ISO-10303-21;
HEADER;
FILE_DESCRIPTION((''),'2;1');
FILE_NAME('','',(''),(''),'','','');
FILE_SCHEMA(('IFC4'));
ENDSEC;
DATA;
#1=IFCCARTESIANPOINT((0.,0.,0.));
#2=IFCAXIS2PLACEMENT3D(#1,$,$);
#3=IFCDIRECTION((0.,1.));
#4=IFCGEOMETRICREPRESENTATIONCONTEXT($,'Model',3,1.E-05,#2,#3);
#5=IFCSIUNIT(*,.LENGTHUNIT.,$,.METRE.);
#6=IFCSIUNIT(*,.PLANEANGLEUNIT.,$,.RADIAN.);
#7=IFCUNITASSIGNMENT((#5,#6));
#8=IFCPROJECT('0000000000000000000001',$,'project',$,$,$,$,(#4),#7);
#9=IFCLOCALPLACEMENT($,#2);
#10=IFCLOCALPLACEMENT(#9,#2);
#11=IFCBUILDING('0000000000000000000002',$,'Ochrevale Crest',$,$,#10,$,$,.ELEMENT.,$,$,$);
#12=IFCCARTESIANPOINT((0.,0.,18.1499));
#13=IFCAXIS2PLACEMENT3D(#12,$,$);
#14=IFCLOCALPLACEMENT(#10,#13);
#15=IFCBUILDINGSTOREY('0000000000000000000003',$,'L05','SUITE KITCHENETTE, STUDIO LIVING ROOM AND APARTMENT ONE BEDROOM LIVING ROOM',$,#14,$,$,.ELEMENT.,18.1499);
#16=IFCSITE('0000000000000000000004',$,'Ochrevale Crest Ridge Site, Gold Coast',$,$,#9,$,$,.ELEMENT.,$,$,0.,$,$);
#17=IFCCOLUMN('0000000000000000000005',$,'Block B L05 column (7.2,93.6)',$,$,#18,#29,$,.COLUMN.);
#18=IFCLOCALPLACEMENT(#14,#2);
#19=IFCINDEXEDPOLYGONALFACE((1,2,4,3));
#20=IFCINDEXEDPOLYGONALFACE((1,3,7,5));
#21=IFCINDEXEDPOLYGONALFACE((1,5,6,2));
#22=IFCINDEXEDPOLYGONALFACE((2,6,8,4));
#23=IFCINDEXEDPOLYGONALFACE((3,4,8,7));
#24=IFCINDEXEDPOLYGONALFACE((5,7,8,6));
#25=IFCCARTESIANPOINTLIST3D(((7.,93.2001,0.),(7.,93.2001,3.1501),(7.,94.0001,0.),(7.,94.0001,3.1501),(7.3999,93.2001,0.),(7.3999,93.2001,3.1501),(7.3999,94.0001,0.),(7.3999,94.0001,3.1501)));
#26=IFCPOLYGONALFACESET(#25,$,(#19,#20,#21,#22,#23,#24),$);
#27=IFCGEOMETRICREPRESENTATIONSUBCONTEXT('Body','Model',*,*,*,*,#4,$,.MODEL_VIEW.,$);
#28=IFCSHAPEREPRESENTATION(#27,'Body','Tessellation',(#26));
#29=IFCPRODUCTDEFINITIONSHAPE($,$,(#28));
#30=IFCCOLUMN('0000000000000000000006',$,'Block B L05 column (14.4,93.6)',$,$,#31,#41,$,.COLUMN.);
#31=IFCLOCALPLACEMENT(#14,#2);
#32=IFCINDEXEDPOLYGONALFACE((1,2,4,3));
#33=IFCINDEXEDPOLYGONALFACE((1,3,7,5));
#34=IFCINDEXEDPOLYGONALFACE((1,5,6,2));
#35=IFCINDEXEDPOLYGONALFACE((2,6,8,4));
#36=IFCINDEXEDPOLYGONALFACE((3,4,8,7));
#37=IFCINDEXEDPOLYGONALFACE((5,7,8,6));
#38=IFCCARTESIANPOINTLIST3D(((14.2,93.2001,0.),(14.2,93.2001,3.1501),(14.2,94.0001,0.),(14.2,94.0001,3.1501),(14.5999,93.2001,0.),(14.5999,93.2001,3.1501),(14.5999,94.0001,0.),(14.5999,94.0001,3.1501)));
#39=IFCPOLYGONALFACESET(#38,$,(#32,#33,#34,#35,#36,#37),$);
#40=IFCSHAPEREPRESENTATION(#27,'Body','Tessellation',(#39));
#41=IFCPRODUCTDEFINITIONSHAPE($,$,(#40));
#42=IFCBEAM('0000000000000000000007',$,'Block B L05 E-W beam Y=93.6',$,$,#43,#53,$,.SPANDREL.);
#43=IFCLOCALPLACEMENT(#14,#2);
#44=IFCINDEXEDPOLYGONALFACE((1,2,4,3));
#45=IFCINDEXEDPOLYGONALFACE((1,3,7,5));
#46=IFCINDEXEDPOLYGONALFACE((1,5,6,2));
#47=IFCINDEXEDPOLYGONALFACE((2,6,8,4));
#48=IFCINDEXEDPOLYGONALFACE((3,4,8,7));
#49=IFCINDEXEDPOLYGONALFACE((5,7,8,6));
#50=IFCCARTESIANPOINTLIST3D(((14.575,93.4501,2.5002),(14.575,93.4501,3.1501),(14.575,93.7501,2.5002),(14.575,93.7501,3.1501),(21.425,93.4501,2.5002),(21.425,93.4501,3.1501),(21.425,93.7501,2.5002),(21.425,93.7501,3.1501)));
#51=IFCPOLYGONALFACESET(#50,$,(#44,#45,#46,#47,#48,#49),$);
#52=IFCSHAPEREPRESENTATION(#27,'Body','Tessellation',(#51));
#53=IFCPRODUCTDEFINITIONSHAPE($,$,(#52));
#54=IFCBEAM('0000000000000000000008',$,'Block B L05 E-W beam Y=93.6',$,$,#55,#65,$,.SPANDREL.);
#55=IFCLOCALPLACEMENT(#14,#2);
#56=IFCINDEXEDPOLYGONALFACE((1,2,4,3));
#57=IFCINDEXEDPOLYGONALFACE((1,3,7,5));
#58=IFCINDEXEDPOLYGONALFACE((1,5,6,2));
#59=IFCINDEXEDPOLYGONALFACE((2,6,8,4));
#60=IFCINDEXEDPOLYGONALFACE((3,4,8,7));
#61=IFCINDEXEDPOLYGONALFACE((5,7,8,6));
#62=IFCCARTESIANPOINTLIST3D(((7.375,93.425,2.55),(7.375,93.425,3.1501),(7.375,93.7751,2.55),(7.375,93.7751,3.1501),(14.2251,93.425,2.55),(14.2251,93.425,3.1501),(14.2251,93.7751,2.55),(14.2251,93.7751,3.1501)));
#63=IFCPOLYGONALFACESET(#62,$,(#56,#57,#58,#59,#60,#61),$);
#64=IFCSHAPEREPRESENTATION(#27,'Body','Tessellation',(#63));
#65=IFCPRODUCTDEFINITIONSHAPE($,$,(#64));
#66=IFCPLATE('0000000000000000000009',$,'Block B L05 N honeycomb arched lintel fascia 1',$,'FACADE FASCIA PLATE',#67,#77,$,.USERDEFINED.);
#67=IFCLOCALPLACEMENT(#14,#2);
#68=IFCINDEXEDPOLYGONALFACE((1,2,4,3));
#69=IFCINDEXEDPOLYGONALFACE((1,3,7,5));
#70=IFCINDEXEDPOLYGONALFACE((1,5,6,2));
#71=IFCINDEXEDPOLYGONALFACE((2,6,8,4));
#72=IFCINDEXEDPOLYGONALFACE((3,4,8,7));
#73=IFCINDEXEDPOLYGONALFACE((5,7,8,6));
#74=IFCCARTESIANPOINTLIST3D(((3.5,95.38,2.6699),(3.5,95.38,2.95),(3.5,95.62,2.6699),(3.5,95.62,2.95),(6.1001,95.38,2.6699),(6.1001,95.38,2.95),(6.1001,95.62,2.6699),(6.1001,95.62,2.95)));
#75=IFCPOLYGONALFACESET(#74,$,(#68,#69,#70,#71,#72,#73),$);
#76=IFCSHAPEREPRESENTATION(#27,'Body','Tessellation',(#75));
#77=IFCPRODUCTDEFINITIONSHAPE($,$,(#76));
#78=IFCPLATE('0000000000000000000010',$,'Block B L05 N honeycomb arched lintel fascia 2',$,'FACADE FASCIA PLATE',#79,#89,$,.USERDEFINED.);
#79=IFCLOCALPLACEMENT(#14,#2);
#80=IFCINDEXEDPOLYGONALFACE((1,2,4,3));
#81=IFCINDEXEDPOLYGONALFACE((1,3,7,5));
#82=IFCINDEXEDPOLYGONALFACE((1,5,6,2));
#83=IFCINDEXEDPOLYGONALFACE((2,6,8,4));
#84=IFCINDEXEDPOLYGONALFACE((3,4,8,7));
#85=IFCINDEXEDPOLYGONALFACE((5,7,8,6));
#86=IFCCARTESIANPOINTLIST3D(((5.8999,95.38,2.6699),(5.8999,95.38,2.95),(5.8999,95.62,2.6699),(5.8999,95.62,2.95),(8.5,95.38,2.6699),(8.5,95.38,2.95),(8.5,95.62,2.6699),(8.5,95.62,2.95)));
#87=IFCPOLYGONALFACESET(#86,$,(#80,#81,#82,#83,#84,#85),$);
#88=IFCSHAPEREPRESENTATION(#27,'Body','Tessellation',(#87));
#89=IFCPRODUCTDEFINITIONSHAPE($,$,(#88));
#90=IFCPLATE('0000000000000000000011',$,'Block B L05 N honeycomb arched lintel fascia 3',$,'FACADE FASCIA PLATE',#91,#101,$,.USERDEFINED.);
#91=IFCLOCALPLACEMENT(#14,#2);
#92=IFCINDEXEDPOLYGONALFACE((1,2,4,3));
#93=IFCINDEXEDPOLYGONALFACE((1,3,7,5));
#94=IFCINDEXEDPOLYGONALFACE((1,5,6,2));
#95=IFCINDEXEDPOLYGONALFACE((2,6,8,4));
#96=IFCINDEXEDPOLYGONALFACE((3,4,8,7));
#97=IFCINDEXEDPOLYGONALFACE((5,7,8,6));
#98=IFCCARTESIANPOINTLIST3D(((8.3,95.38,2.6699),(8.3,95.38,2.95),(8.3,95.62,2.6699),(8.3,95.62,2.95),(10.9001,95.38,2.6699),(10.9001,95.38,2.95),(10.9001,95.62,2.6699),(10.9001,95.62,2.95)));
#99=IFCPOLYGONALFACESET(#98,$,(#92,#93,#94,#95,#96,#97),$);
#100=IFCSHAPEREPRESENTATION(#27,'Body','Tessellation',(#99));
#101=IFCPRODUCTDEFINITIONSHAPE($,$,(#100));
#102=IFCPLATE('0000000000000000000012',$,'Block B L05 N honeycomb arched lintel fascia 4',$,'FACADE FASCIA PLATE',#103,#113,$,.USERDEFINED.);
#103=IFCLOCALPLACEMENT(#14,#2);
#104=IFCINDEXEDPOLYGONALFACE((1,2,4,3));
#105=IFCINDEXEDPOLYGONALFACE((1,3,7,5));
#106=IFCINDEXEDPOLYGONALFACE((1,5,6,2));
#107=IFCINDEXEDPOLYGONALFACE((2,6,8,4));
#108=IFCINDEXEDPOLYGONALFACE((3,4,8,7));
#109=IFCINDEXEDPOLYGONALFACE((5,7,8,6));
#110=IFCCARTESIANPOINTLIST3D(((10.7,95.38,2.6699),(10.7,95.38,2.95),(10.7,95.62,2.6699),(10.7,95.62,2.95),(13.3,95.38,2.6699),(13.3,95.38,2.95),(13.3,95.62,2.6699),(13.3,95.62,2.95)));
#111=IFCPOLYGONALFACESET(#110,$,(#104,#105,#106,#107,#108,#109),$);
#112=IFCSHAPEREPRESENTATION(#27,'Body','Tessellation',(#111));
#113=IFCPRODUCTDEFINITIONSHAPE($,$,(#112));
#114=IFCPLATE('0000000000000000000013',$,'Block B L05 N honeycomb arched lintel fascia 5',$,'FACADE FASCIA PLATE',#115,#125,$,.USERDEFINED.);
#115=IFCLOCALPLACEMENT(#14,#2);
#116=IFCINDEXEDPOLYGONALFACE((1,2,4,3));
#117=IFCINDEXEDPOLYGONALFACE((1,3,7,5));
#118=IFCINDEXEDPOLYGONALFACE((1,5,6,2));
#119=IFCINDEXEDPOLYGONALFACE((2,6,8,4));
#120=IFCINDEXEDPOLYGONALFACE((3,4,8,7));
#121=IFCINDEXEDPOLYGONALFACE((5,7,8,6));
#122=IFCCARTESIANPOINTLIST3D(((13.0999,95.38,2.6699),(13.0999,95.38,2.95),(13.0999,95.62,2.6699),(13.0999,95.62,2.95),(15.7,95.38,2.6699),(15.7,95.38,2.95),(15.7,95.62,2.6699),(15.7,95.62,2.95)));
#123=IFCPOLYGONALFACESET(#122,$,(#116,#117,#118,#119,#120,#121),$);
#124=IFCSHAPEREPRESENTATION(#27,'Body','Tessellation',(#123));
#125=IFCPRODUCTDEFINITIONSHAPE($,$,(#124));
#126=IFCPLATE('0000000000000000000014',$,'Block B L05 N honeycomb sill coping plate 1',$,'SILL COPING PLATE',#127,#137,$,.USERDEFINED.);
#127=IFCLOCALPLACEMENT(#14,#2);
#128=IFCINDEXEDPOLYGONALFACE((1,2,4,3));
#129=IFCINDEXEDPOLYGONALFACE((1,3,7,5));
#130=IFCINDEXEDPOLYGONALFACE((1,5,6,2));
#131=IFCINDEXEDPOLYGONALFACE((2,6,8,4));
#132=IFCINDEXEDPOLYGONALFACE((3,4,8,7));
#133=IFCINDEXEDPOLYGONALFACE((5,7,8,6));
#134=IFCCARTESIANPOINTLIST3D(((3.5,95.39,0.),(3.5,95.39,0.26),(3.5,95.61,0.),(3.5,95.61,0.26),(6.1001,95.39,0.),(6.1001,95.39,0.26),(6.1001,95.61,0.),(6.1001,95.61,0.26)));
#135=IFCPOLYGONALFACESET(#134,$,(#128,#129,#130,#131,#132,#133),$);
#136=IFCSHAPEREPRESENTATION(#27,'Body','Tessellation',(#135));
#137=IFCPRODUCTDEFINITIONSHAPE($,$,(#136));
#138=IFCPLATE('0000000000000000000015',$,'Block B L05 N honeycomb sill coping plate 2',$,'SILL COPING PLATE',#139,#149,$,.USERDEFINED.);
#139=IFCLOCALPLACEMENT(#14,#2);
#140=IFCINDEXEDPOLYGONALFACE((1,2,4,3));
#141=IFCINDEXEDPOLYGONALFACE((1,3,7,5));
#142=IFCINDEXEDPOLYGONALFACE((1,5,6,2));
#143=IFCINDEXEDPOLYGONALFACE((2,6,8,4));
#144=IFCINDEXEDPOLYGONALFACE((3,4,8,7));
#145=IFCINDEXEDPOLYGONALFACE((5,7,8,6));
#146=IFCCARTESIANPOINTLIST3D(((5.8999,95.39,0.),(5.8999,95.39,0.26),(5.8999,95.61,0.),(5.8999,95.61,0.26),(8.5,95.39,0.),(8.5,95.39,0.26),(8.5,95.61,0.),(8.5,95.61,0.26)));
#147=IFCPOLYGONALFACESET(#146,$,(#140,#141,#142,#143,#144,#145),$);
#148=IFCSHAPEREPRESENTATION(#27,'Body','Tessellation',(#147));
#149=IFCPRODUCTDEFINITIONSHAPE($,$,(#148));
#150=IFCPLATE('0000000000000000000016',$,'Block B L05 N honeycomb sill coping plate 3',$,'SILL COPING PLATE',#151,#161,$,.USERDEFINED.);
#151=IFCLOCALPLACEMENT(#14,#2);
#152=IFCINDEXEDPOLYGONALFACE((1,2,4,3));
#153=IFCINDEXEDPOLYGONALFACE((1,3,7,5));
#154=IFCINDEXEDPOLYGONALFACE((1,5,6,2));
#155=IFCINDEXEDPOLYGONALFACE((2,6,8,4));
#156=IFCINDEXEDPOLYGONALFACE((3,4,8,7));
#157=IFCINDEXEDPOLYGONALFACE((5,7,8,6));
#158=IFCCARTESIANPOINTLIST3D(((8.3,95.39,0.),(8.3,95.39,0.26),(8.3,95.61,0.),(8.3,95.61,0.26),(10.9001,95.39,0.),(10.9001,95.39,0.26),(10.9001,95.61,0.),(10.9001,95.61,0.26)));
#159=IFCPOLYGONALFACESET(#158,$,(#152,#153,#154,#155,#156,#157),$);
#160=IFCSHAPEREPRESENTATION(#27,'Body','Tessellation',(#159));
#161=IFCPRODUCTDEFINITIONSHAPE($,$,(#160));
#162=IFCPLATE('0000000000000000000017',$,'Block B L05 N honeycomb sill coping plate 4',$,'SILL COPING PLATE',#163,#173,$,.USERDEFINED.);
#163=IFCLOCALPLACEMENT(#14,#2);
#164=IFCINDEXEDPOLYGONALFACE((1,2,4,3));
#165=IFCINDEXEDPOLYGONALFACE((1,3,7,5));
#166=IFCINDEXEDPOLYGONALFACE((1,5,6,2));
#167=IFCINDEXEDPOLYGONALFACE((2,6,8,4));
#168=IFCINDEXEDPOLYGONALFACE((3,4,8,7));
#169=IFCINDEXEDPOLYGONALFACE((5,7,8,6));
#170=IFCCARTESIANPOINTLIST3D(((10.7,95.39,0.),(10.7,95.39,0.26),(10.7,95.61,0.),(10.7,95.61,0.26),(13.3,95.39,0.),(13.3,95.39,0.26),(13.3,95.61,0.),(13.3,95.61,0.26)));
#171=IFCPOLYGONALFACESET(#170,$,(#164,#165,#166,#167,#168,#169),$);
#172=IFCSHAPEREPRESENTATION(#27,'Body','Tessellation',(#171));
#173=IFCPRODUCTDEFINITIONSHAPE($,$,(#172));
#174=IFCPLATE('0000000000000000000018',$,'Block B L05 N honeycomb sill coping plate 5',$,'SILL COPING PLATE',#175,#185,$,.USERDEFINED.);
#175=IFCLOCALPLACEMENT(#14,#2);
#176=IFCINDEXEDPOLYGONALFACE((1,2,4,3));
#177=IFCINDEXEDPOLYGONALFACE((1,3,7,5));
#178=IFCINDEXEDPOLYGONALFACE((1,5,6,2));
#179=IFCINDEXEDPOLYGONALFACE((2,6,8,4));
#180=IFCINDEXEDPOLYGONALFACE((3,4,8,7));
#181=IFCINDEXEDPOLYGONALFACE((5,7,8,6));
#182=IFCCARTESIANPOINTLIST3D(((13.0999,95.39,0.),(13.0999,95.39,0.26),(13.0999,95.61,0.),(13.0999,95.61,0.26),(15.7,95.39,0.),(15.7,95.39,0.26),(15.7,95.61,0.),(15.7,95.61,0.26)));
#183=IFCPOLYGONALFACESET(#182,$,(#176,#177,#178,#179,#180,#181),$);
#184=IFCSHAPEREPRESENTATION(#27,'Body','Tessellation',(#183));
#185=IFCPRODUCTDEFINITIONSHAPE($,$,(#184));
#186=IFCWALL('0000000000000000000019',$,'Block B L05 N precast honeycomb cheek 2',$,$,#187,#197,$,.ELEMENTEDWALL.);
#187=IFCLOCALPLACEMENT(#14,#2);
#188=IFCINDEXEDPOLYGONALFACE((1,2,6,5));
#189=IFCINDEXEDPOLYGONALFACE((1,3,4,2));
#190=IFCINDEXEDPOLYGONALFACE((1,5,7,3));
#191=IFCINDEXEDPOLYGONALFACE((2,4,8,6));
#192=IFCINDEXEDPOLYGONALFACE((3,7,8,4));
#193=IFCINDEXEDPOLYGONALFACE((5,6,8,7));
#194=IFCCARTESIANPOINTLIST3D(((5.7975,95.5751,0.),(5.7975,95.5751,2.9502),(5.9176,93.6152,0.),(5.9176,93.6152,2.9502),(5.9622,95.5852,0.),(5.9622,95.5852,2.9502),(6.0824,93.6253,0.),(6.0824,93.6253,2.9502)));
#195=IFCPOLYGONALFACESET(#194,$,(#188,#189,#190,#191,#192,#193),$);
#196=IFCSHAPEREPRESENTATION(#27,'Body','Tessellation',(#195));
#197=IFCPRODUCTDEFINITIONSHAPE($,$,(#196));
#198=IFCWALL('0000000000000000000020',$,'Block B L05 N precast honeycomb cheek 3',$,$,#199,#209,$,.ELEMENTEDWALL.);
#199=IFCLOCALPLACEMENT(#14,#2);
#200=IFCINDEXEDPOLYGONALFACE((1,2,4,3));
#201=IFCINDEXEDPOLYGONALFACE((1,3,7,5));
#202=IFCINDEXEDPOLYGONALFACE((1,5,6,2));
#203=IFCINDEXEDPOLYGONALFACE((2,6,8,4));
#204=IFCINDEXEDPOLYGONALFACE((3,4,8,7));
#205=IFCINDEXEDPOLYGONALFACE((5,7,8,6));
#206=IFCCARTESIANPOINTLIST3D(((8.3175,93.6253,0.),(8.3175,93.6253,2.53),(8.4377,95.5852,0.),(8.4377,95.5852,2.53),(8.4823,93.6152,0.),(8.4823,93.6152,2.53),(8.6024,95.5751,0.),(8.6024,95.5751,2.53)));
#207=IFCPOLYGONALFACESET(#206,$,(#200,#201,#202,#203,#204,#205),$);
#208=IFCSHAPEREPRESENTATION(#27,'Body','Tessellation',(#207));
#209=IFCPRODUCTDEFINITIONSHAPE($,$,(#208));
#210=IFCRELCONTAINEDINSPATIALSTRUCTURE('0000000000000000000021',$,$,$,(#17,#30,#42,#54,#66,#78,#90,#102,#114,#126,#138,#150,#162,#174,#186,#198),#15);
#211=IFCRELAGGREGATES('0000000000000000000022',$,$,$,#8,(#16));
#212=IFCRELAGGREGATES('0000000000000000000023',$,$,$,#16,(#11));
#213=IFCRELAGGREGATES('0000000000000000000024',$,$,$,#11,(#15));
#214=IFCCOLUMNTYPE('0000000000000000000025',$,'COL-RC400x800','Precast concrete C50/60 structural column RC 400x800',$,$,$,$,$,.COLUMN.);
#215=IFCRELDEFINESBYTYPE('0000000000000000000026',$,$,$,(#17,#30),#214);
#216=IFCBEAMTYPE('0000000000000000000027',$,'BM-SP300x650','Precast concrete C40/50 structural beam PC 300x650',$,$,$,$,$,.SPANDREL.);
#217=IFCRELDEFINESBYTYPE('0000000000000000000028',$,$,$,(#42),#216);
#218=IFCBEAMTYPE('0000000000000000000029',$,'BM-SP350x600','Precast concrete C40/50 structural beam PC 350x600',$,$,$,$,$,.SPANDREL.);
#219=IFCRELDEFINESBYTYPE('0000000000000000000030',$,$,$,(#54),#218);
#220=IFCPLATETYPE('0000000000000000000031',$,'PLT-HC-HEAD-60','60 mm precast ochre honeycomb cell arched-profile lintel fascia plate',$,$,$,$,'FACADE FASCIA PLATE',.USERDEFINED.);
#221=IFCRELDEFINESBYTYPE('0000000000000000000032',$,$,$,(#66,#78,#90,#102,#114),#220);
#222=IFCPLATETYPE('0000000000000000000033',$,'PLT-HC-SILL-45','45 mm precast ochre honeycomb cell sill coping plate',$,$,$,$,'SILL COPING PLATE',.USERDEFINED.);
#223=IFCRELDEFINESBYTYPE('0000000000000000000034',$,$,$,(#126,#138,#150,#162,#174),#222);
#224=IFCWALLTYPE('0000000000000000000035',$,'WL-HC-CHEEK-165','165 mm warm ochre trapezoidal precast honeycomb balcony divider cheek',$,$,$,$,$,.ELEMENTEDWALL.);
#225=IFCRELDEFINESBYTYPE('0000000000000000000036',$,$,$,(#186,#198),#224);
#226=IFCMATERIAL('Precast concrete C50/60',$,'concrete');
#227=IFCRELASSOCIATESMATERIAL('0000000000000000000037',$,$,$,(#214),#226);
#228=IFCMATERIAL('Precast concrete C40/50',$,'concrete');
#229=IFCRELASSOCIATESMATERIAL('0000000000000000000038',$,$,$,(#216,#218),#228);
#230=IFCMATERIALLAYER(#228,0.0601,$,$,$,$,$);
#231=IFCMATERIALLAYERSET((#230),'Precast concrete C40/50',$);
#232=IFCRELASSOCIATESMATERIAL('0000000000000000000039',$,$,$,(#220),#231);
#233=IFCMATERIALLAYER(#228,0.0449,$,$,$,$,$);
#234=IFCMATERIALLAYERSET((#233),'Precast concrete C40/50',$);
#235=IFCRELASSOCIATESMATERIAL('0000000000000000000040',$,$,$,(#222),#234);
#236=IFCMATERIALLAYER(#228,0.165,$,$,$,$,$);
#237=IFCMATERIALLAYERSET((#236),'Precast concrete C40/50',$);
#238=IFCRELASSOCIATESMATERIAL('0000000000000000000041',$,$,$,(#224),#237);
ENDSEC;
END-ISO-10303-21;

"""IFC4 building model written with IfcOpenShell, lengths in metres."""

from ifc_helpers import new_model, si_unit, direction, frame, frame_2d, origin, origin_2d, place, context, subcontext, project, spatial, rectangle, extrude, material, layer, layer_set, material_profile, profile_set, type_object, element, save


model = new_model("IFC4")

# Units and contexts
model_context = context("Model", 3, precision=1e-05, world=origin(), true_north=direction((0.0, 1.0)))
body_context = subcontext(model_context, "Body", "Model", "MODEL_VIEW")
ifc_project = project(units=[si_unit("LENGTHUNIT", "METRE"), si_unit("PLANEANGLEUNIT", "RADIAN")], contexts=[model_context])

# Site, building, storey
site_placement = place(None, origin())
site = spatial("IfcSite", under=ifc_project, at=site_placement, Name="Ochrevale Crest Ridge Site, Gold Coast", CompositionType="ELEMENT", RefElevation=0.0)
building_placement = place(site_placement, origin())
building = spatial("IfcBuilding", under=site, at=building_placement, Name="Ochrevale Crest", CompositionType="ELEMENT")
storey_placement = place(building_placement, frame((0.0, 0.0, 18.1499)))
storey = spatial("IfcBuildingStorey", under=building, at=storey_placement, Name="L05", Description="SUITE KITCHENETTE, STUDIO LIVING ROOM AND APARTMENT ONE BEDROOM LIVING ROOM", CompositionType="ELEMENT", Elevation=18.1499)

# Columns
ifc_material_1 = material(Name="Precast concrete C50/60", Category="concrete")
ifc_material_profile_1 = material_profile(ifc_material_1, rectangle(XDim=0.3999, YDim=0.8, at=origin_2d()), Name="RC 400x800")
ifc_profile_set_1 = profile_set([ifc_material_profile_1], Name="Precast concrete C50/60")
column_type = type_object("IfcColumnType", Name="COL-RC400x800", Description="Precast concrete C50/60 structural column RC 400x800", PredefinedType="COLUMN", material=ifc_profile_set_1)
for number, where, z_axis, x_axis, name in (
    (1, (7.2, 93.6001, 0.0), (0.0, 0.0, 1.0), (1.0, 0.0, 0.0), "Block B L05 column (7.2,93.6)"),
    (2, (14.3999, 93.6001, 0.0), (0.0, 0.0, 1.0), (1.0, 0.0, 0.0), "Block B L05 column (14.4,93.6)"),
):
    element("IfcColumn", number, at=place(storey_placement, frame(where, z_axis=z_axis, x_axis=x_axis)), inside=storey, type_object=column_type, Name=name, PredefinedType="COLUMN", context=body_context, shape_type="SweptSolid", body=[
        extrude(rectangle(XDim=0.3999, YDim=0.8, at=origin_2d()), origin(), (0.0, 0.0, 1.0), 3.1501),
    ])

# Beams
ifc_material_2 = material(Name="Precast concrete C40/50", Category="concrete")
ifc_material_profile_2 = material_profile(ifc_material_2, rectangle(XDim=0.3, YDim=0.6499, at=origin_2d()), Name="PC 300x650")
ifc_profile_set_2 = profile_set([ifc_material_profile_2], Name="Precast concrete C40/50")
beam_type_1 = type_object("IfcBeamType", Name="BM-SP300x650", Description="Precast concrete C40/50 structural beam PC 300x650", PredefinedType="SPANDREL", material=ifc_profile_set_2)
beam_1_placement = place(storey_placement, frame((14.575, 93.6001, 2.8252), z_axis=(1.0, 0.0, 0.0), x_axis=(0.0, 1.0, 0.0)))
element("IfcBeam", 3, at=beam_1_placement, inside=storey, type_object=beam_type_1, Name="Block B L05 E-W beam Y=93.6", PredefinedType="SPANDREL", context=body_context, shape_type="SweptSolid", body=[
    extrude(rectangle(XDim=0.3, YDim=0.6499, at=origin_2d()), origin(), (0.0, 0.0, 1.0), 6.8501),
])
ifc_material_profile_3 = material_profile(ifc_material_2, rectangle(XDim=0.3501, YDim=0.6001, at=origin_2d()), Name="PC 350x600")
ifc_profile_set_3 = profile_set([ifc_material_profile_3], Name="Precast concrete C40/50")
beam_type_2 = type_object("IfcBeamType", Name="BM-SP350x600", Description="Precast concrete C40/50 structural beam PC 350x600", PredefinedType="SPANDREL", material=ifc_profile_set_3)
beam_2_placement = place(storey_placement, frame((7.375, 93.6001, 2.8501), z_axis=(1.0, 0.0, 0.0), x_axis=(0.0, 1.0, 0.0)))
element("IfcBeam", 4, at=beam_2_placement, inside=storey, type_object=beam_type_2, Name="Block B L05 E-W beam Y=93.6", PredefinedType="SPANDREL", context=body_context, shape_type="SweptSolid", body=[
    extrude(rectangle(XDim=0.3501, YDim=0.6001, at=origin_2d()), origin(), (0.0, 0.0, 1.0), 6.8501),
])

# Plates
ifc_layer_1 = layer(ifc_material_2, 0.0601)
ifc_layer_set_1 = layer_set([ifc_layer_1], Name="Precast concrete C40/50")
plate_type_1 = type_object("IfcPlateType", Name="PLT-HC-HEAD-60", Description="60 mm precast ochre honeycomb cell arched-profile lintel fascia plate", ElementType="FACADE FASCIA PLATE", PredefinedType="USERDEFINED", material=ifc_layer_set_1)
for number, where, z_axis, x_axis, name in (
    (5, (4.8, 95.5, 2.6699), (0.0, 0.0, 1.0), (1.0, 0.0, 0.0), "Block B L05 N honeycomb arched lintel fascia 1"),
    (6, (7.2, 95.5, 2.6699), (0.0, 0.0, 1.0), (1.0, 0.0, 0.0), "Block B L05 N honeycomb arched lintel fascia 2"),
    (7, (9.6001, 95.5, 2.6699), (0.0, 0.0, 1.0), (1.0, 0.0, 0.0), "Block B L05 N honeycomb arched lintel fascia 3"),
    (8, (12.0, 95.5, 2.6699), (0.0, 0.0, 1.0), (1.0, 0.0, 0.0), "Block B L05 N honeycomb arched lintel fascia 4"),
    (9, (14.3999, 95.5, 2.6699), (0.0, 0.0, 1.0), (1.0, 0.0, 0.0), "Block B L05 N honeycomb arched lintel fascia 5"),
):
    element("IfcPlate", number, at=place(storey_placement, frame(where, z_axis=z_axis, x_axis=x_axis)), inside=storey, type_object=plate_type_1, Name=name, ObjectType="FACADE FASCIA PLATE", PredefinedType="USERDEFINED", context=body_context, shape_type="SweptSolid", body=[
        extrude(rectangle(XDim=2.6001, YDim=0.24, at=origin_2d()), origin(), (0.0, 0.0, 1.0), 0.28),
    ])
ifc_layer_2 = layer(ifc_material_2, 0.0449)
ifc_layer_set_2 = layer_set([ifc_layer_2], Name="Precast concrete C40/50")
plate_type_2 = type_object("IfcPlateType", Name="PLT-HC-SILL-45", Description="45 mm precast ochre honeycomb cell sill coping plate", ElementType="SILL COPING PLATE", PredefinedType="USERDEFINED", material=ifc_layer_set_2)
for number, where, z_axis, x_axis, name in (
    (10, (4.8, 95.5, 0.0), (0.0, 0.0, 1.0), (1.0, 0.0, 0.0), "Block B L05 N honeycomb sill coping plate 1"),
    (11, (7.2, 95.5, 0.0), (0.0, 0.0, 1.0), (1.0, 0.0, 0.0), "Block B L05 N honeycomb sill coping plate 2"),
    (12, (9.6001, 95.5, 0.0), (0.0, 0.0, 1.0), (1.0, 0.0, 0.0), "Block B L05 N honeycomb sill coping plate 3"),
    (13, (12.0, 95.5, 0.0), (0.0, 0.0, 1.0), (1.0, 0.0, 0.0), "Block B L05 N honeycomb sill coping plate 4"),
    (14, (14.3999, 95.5, 0.0), (0.0, 0.0, 1.0), (1.0, 0.0, 0.0), "Block B L05 N honeycomb sill coping plate 5"),
):
    element("IfcPlate", number, at=place(storey_placement, frame(where, z_axis=z_axis, x_axis=x_axis)), inside=storey, type_object=plate_type_2, Name=name, ObjectType="SILL COPING PLATE", PredefinedType="USERDEFINED", context=body_context, shape_type="SweptSolid", body=[
        extrude(rectangle(XDim=2.6001, YDim=0.22, at=origin_2d()), origin(), (0.0, 0.0, 1.0), 0.26),
    ])

# Walls
ifc_layer_3 = layer(ifc_material_2, 0.165)
ifc_layer_set_3 = layer_set([ifc_layer_3], Name="Precast concrete C40/50")
wall_type = type_object("IfcWallType", Name="WL-HC-CHEEK-165", Description="165 mm warm ochre trapezoidal precast honeycomb balcony divider cheek", PredefinedType="ELEMENTEDWALL", material=ifc_layer_set_3)
wall_1_placement = place(storey_placement, frame((6.0, 93.6201, 0.0), z_axis=(0.0, 0.0, 1.0), x_axis=(-0.061171, 0.998127, 0.0)))
element("IfcWall", 15, at=wall_1_placement, inside=storey, type_object=wall_type, Name="Block B L05 N precast honeycomb cheek 2", PredefinedType="ELEMENTEDWALL", context=body_context, shape_type="SweptSolid", body=[
    extrude(rectangle(XDim=1.9636, YDim=0.165, at=frame_2d((0.9819, 0.0))), origin(), (0.0, 0.0, 1.0), 2.9502),
])
for number, where, z_axis, x_axis, name in (
    (16, (8.3999, 93.6201, 0.0), (0.0, 0.0, 1.0), (0.061171, 0.998127, 0.0), "Block B L05 N precast honeycomb cheek 3"),
):
    element("IfcWall", number, at=place(storey_placement, frame(where, z_axis=z_axis, x_axis=x_axis)), inside=storey, type_object=wall_type, Name=name, PredefinedType="ELEMENTEDWALL", context=body_context, shape_type="SweptSolid", body=[
        extrude(rectangle(XDim=1.9636, YDim=0.165, at=frame_2d((0.9819, 0.0))), origin(), (0.0, 0.0, 1.0), 2.53),
    ])

save(model, "model.ifc")
